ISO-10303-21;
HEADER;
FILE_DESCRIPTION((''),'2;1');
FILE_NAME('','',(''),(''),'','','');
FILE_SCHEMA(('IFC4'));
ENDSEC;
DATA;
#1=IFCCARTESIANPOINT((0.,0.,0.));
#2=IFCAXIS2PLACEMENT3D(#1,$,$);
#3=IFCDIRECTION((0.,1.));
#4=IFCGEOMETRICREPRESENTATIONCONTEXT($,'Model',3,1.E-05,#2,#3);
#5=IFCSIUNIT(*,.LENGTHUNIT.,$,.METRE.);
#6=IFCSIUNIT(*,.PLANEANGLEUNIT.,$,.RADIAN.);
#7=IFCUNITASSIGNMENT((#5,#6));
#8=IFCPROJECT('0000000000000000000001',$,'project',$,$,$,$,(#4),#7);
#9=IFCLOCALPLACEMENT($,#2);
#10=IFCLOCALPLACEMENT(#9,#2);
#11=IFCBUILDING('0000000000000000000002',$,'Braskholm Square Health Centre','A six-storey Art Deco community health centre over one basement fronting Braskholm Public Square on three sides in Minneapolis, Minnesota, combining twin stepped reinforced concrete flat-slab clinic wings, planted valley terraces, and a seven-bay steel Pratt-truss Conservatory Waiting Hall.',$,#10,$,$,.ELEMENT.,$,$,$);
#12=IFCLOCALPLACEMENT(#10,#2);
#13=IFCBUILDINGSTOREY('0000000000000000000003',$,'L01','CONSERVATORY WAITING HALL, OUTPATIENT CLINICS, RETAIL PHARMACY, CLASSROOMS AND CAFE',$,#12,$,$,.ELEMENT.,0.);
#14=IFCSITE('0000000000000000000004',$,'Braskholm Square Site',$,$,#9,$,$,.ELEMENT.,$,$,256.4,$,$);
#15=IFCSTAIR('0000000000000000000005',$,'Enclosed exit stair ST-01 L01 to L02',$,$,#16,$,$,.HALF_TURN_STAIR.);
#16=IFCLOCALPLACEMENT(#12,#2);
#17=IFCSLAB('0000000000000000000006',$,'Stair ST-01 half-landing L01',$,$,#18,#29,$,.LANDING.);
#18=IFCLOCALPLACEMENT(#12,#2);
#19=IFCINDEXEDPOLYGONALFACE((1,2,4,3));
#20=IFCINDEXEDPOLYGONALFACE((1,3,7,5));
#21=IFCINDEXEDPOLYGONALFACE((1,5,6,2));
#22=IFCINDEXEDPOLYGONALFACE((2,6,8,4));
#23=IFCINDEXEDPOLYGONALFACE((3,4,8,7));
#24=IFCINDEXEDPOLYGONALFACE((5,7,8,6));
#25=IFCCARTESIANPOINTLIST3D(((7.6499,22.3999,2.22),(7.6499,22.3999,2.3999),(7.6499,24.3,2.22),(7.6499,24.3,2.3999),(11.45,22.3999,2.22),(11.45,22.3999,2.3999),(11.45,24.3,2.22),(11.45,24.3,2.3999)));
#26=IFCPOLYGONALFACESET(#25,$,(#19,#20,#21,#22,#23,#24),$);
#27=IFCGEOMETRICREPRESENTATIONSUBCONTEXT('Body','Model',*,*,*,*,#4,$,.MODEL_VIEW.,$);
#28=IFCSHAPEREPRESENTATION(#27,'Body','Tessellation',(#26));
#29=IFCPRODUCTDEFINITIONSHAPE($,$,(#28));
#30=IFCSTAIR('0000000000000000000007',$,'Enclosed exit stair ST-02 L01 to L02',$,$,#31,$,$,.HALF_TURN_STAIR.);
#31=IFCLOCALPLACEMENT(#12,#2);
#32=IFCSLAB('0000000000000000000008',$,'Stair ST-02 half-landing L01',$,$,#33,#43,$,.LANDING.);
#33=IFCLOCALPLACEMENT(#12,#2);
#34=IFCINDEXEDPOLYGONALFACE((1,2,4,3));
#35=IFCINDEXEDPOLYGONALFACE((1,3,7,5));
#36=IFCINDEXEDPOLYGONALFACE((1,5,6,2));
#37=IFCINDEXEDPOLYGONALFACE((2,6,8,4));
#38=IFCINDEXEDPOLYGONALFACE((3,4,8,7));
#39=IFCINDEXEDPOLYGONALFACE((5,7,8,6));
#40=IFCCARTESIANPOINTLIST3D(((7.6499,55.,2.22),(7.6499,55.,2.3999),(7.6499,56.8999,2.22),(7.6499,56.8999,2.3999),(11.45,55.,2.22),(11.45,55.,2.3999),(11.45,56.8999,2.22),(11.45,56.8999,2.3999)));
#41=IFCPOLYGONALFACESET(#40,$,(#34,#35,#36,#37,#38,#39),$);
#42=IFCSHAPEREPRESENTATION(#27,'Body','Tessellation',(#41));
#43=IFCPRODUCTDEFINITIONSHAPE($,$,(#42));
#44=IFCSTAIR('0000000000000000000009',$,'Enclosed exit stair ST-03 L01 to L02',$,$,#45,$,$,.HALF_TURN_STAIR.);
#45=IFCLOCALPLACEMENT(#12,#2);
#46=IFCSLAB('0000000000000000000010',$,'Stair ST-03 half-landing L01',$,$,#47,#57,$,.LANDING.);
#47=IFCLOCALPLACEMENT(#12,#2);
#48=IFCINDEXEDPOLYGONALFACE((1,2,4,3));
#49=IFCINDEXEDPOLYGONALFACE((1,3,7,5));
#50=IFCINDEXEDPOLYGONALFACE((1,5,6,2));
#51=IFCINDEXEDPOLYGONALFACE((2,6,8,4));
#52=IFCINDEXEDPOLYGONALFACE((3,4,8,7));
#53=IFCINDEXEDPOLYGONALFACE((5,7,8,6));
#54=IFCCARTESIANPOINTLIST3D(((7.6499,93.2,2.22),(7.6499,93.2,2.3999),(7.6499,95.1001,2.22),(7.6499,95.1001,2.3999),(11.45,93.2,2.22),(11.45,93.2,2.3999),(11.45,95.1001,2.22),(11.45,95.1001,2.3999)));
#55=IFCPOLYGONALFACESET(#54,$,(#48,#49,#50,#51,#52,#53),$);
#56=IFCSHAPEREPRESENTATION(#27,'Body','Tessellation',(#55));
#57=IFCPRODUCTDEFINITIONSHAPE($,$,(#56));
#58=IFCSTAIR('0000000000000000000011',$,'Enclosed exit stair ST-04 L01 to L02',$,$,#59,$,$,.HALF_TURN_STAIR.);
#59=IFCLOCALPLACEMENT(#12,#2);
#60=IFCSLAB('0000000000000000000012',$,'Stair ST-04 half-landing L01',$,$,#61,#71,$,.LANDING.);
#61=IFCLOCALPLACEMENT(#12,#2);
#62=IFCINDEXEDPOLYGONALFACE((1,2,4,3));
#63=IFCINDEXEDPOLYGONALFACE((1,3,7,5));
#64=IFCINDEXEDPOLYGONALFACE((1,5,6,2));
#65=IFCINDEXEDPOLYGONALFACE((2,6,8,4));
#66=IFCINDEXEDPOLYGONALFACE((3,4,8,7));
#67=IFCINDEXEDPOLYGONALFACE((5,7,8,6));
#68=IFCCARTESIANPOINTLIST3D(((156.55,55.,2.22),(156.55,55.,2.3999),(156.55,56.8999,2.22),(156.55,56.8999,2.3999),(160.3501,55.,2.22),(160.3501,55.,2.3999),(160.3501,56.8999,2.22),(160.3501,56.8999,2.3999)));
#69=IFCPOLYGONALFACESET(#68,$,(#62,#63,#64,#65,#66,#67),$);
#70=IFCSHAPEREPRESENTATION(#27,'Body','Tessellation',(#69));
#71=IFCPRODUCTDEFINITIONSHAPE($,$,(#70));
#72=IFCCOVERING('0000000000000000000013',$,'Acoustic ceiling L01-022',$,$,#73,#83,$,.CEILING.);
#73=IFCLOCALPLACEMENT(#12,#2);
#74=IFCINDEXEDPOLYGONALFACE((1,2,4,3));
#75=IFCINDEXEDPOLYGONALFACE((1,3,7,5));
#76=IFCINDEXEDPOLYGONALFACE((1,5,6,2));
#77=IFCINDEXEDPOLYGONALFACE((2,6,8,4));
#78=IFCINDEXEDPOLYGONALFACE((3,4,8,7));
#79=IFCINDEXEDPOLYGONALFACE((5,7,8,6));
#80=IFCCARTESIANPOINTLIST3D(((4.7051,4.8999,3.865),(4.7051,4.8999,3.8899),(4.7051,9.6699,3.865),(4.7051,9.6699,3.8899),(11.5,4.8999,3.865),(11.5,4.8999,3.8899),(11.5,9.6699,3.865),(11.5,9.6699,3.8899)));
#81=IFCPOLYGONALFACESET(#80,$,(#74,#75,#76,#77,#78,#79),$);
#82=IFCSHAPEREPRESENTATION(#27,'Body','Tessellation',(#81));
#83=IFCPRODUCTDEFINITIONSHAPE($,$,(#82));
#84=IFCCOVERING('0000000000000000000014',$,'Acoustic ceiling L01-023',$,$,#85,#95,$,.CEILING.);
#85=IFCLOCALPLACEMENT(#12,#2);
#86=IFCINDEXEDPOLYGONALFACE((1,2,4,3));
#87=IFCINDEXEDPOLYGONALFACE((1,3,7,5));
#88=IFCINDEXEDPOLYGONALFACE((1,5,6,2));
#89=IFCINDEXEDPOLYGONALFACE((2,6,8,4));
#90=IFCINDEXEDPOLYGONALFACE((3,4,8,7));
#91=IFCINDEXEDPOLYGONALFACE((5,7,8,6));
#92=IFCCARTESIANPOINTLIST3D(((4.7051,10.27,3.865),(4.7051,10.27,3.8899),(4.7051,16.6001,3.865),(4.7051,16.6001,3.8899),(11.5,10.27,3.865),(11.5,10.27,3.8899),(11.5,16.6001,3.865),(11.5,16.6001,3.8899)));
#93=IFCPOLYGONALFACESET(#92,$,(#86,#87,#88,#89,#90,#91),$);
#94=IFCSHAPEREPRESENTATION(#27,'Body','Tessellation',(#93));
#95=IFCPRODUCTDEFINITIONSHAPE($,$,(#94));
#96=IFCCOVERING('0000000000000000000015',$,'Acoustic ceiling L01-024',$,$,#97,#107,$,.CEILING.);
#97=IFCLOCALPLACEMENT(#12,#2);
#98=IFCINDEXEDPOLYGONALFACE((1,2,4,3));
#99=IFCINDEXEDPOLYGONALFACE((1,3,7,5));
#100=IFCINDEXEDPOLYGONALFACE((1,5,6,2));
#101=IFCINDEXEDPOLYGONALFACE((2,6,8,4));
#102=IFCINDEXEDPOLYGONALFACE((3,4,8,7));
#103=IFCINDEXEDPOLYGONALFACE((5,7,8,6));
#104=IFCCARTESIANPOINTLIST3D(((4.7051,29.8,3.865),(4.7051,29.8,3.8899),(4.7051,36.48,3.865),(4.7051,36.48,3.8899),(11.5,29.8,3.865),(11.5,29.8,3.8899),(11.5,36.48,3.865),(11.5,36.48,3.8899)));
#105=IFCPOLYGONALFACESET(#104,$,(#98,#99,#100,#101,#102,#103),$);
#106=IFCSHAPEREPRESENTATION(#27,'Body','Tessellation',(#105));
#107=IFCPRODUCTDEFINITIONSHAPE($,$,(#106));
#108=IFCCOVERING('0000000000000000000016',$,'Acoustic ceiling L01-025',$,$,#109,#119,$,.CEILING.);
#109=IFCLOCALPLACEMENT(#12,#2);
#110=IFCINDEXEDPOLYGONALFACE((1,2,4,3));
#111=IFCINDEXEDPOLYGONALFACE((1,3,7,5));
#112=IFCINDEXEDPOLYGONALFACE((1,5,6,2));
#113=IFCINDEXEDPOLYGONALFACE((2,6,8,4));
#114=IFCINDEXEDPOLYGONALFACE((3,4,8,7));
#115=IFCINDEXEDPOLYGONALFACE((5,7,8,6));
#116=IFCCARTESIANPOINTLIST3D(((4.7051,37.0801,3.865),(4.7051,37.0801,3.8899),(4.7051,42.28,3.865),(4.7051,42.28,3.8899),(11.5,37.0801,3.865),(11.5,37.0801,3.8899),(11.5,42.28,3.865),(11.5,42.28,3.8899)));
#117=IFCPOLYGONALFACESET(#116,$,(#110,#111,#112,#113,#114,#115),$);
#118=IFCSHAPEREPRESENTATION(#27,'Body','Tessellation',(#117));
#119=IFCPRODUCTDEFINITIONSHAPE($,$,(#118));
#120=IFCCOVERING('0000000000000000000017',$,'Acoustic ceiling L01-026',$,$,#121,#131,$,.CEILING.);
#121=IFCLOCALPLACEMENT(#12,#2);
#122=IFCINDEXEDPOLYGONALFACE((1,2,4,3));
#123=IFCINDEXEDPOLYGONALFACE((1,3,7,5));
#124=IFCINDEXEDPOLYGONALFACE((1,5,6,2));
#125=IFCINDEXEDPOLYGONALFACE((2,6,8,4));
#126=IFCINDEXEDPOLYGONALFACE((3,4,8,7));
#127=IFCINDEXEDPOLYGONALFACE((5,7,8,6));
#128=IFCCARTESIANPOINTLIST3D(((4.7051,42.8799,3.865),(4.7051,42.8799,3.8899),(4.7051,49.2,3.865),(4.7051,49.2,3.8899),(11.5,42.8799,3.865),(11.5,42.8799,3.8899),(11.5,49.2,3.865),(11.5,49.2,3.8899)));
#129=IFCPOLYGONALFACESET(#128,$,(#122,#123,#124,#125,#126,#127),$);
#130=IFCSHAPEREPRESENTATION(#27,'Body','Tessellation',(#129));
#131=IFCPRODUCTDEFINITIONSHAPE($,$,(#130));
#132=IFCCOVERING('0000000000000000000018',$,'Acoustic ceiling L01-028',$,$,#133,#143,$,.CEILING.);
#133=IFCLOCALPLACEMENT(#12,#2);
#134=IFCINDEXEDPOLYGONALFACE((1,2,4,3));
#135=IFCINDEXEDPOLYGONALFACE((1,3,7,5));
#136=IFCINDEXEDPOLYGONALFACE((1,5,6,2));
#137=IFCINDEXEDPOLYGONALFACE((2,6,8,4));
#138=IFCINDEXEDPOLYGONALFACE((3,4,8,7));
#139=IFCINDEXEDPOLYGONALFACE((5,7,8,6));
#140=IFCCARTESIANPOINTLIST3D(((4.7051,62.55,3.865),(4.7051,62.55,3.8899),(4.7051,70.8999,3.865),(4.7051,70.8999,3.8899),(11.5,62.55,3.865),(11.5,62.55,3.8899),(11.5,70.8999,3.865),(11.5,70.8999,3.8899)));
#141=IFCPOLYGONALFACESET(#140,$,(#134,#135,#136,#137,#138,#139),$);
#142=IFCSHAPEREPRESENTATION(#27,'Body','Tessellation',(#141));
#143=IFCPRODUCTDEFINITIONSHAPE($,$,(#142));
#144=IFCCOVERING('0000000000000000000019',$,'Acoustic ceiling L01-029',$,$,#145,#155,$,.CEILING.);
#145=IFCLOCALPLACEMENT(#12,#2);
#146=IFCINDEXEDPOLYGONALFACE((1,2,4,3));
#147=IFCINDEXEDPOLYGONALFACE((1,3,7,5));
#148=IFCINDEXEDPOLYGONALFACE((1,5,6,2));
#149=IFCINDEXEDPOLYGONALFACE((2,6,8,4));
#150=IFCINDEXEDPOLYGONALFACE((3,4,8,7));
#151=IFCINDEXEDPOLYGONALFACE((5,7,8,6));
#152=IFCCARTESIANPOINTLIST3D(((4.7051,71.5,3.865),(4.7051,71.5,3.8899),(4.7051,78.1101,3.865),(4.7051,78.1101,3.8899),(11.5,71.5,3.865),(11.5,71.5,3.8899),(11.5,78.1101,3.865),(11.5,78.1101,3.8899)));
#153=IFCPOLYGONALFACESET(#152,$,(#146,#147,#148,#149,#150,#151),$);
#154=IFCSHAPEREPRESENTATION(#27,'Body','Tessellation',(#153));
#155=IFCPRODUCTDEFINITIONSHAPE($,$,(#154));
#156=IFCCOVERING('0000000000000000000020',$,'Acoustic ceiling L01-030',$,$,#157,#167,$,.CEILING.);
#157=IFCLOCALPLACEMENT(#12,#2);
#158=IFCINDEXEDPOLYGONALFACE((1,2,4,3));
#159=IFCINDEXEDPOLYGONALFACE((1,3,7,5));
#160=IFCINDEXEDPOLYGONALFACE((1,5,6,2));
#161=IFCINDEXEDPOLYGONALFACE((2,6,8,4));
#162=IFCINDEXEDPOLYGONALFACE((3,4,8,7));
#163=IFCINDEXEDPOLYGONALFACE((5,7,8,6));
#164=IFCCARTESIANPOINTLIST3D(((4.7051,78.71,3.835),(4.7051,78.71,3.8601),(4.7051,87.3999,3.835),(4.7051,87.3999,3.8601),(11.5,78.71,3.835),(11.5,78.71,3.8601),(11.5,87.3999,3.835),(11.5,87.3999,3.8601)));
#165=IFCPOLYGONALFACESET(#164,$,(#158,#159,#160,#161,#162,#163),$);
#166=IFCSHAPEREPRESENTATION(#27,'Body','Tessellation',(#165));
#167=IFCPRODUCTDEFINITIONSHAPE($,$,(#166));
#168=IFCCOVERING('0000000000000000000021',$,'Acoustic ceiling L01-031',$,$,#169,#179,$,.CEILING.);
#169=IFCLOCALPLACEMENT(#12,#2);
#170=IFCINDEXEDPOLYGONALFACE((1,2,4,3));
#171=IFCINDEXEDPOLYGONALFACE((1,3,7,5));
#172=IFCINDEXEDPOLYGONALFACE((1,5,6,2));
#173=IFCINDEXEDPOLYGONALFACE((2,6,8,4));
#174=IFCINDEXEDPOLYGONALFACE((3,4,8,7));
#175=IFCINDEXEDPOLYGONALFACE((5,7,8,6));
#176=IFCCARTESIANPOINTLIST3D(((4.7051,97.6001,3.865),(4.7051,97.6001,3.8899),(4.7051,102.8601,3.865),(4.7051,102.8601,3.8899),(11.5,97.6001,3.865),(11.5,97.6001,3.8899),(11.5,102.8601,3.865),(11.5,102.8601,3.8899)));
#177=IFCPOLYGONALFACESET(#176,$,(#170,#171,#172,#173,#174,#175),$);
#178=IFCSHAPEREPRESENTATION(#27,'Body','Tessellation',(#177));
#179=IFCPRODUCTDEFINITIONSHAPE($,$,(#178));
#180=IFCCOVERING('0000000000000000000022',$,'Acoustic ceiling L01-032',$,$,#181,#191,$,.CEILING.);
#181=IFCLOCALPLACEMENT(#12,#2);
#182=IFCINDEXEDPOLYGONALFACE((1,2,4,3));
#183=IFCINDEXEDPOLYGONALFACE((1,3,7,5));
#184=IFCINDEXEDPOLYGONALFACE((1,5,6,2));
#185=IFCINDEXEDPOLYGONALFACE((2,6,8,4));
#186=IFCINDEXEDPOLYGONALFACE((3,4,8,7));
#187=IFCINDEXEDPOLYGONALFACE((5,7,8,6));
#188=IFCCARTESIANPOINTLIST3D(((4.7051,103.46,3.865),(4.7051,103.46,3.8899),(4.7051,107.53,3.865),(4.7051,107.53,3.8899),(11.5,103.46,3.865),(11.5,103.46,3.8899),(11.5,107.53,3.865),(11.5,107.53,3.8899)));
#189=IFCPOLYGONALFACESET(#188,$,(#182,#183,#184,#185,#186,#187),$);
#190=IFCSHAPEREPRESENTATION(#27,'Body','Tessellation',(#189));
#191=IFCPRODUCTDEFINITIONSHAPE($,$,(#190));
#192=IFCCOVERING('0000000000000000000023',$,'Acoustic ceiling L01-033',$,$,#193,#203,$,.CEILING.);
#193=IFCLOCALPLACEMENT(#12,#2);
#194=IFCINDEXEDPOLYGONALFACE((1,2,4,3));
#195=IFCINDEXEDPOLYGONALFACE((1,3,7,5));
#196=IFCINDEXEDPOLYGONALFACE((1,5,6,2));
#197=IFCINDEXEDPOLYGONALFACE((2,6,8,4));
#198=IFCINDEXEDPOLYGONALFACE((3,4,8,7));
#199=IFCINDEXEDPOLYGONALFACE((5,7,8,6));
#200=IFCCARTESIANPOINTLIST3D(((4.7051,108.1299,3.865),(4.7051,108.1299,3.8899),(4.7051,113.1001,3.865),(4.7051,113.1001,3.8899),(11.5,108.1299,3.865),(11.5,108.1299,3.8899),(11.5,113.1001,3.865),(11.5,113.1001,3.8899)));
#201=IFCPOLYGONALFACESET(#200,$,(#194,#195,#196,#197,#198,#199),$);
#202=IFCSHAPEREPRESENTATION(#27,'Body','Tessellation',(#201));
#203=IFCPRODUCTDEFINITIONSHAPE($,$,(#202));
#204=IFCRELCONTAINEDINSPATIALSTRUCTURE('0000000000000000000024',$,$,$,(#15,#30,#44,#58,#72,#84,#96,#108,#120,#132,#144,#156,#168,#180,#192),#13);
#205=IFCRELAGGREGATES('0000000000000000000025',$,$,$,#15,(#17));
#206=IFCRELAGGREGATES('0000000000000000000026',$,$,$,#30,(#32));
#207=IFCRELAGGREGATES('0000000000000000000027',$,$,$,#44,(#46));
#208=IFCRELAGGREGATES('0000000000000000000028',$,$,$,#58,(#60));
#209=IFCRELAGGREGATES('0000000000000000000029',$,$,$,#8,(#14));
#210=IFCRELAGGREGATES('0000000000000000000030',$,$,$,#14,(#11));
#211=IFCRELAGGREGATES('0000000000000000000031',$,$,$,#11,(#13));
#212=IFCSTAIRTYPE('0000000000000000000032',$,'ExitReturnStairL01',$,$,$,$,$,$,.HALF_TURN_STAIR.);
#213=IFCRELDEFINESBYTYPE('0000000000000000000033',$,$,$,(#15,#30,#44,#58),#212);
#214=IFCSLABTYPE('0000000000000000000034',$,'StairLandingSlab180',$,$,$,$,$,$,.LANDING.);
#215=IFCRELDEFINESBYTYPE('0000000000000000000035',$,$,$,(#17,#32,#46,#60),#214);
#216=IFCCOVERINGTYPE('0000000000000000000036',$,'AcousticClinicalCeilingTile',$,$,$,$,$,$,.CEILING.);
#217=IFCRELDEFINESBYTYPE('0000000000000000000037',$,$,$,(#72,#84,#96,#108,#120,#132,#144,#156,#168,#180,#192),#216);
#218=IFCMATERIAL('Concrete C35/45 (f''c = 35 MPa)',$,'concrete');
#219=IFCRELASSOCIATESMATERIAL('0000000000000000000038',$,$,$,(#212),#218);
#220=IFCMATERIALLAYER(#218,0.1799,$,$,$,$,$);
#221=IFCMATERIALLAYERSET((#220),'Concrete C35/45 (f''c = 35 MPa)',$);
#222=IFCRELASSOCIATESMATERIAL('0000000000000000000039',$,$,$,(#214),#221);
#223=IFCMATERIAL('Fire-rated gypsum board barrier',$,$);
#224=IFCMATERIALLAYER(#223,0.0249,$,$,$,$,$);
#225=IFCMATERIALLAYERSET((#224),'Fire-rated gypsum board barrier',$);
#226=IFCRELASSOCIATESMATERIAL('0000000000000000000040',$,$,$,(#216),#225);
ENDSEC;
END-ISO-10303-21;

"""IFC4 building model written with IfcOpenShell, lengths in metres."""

from ifc_helpers import new_model, si_unit, direction, frame, origin, place, context, subcontext, project, spatial, polyline, outline, extrude, material, layer, layer_set, type_object, element, aggregate, save


model = new_model("IFC4")

# Units and contexts
model_context = context("Model", 3, precision=1e-05, world=origin(), true_north=direction((0.0, 1.0)))
body_context = subcontext(model_context, "Body", "Model", "MODEL_VIEW")
ifc_project = project(units=[si_unit("LENGTHUNIT", "METRE"), si_unit("PLANEANGLEUNIT", "RADIAN")], contexts=[model_context])

# Site, building, storey
site_placement = place(None, origin())
site = spatial("IfcSite", under=ifc_project, at=site_placement, Name="Braskholm Square Site", CompositionType="ELEMENT", RefElevation=256.4)
building_placement = place(site_placement, origin())
building = spatial("IfcBuilding", under=site, at=building_placement, Name="Braskholm Square Health Centre", Description="A six-storey Art Deco community health centre over one basement fronting Braskholm Public Square on three sides in Minneapolis, Minnesota, combining twin stepped reinforced concrete flat-slab clinic wings, planted valley terraces, and a seven-bay steel Pratt-truss Conservatory Waiting Hall.", CompositionType="ELEMENT")
storey_placement = place(building_placement, origin())
storey = spatial("IfcBuildingStorey", under=building, at=storey_placement, Name="L01", Description="CONSERVATORY WAITING HALL, OUTPATIENT CLINICS, RETAIL PHARMACY, CLASSROOMS AND CAFE", CompositionType="ELEMENT", Elevation=0.0)

# Stairs, slabs
ifc_material_1 = material(Name="Concrete C35/45 (f'c = 35 MPa)", Category="concrete")
stair_type = type_object("IfcStairType", Name="ExitReturnStairL01", PredefinedType="HALF_TURN_STAIR", material=ifc_material_1)
stair_1_placement = place(storey_placement, origin())
stair_1 = element("IfcStair", 1, at=stair_1_placement, inside=storey, type_object=stair_type, Name="Enclosed exit stair ST-01 L01 to L02", PredefinedType="HALF_TURN_STAIR")
ifc_layer_1 = layer(ifc_material_1, 0.1799)
ifc_layer_set_1 = layer_set([ifc_layer_1], Name="Concrete C35/45 (f'c = 35 MPa)")
slab_type = type_object("IfcSlabType", Name="StairLandingSlab180", PredefinedType="LANDING", material=ifc_layer_set_1)
slab_1_placement = place(storey_placement, frame((0.0, 0.0, 2.22)))
slab_1 = element("IfcSlab", 2, at=slab_1_placement, type_object=slab_type, Name="Stair ST-01 half-landing L01", PredefinedType="LANDING", context=body_context, shape_type="SweptSolid", body=[
    extrude(outline(polyline([(7.6499, 22.3999), (11.45, 22.3999), (11.45, 24.3), (7.6499, 24.3), (7.6499, 22.3999)])), origin(), (0.0, 0.0, 1.0), 0.1799),
])
aggregate(stair_1, [slab_1])
stair_2_placement = place(storey_placement, origin())
stair_2 = element("IfcStair", 3, at=stair_2_placement, inside=storey, type_object=stair_type, Name="Enclosed exit stair ST-02 L01 to L02", PredefinedType="HALF_TURN_STAIR")
slab_2_placement = place(storey_placement, frame((0.0, 0.0, 2.22)))
slab_2 = element("IfcSlab", 4, at=slab_2_placement, type_object=slab_type, Name="Stair ST-02 half-landing L01", PredefinedType="LANDING", context=body_context, shape_type="SweptSolid", body=[
    extrude(outline(polyline([(7.6499, 55.0), (11.45, 55.0), (11.45, 56.8999), (7.6499, 56.8999), (7.6499, 55.0)])), origin(), (0.0, 0.0, 1.0), 0.1799),
])
aggregate(stair_2, [slab_2])
stair_3_placement = place(storey_placement, origin())
stair_3 = element("IfcStair", 5, at=stair_3_placement, inside=storey, type_object=stair_type, Name="Enclosed exit stair ST-03 L01 to L02", PredefinedType="HALF_TURN_STAIR")
slab_3_placement = place(storey_placement, frame((0.0, 0.0, 2.22)))
slab_3 = element("IfcSlab", 6, at=slab_3_placement, type_object=slab_type, Name="Stair ST-03 half-landing L01", PredefinedType="LANDING", context=body_context, shape_type="SweptSolid", body=[
    extrude(outline(polyline([(7.6499, 93.2), (11.45, 93.2), (11.45, 95.1001), (7.6499, 95.1001), (7.6499, 93.2)])), origin(), (0.0, 0.0, 1.0), 0.1799),
])
aggregate(stair_3, [slab_3])
stair_4_placement = place(storey_placement, origin())
stair_4 = element("IfcStair", 7, at=stair_4_placement, inside=storey, type_object=stair_type, Name="Enclosed exit stair ST-04 L01 to L02", PredefinedType="HALF_TURN_STAIR")
slab_4_placement = place(storey_placement, frame((0.0, 0.0, 2.22)))
slab_4 = element("IfcSlab", 8, at=slab_4_placement, type_object=slab_type, Name="Stair ST-04 half-landing L01", PredefinedType="LANDING", context=body_context, shape_type="SweptSolid", body=[
    extrude(outline(polyline([(156.55, 55.0), (160.3501, 55.0), (160.3501, 56.8999), (156.55, 56.8999), (156.55, 55.0)])), origin(), (0.0, 0.0, 1.0), 0.1799),
])
aggregate(stair_4, [slab_4])

# Coverings
ifc_material_2 = material(Name="Fire-rated gypsum board barrier")
ifc_layer_2 = layer(ifc_material_2, 0.0249)
ifc_layer_set_2 = layer_set([ifc_layer_2], Name="Fire-rated gypsum board barrier")
covering_type_1 = type_object("IfcCoveringType", Name="AcousticClinicalCeilingTile", PredefinedType="CEILING", material=ifc_layer_set_2)
covering_1_placement = place(storey_placement, frame((0.0, 0.0, 3.865)))
element("IfcCovering", 9, at=covering_1_placement, inside=storey, type_object=covering_type_1, Name="Acoustic ceiling L01-022", PredefinedType="CEILING", context=body_context, shape_type="SweptSolid", body=[
    extrude(outline(polyline([(4.7051, 4.8999), (11.5, 4.8999), (11.5, 9.6699), (4.7051, 9.6699), (4.7051, 4.8999)])), origin(), (0.0, 0.0, 1.0), 0.0249),
])
covering_2_placement = place(storey_placement, frame((0.0, 0.0, 3.865)))
element("IfcCovering", 10, at=covering_2_placement, inside=storey, type_object=covering_type_1, Name="Acoustic ceiling L01-023", PredefinedType="CEILING", context=body_context, shape_type="SweptSolid", body=[
    extrude(outline(polyline([(4.7051, 10.27), (11.5, 10.27), (11.5, 16.6001), (4.7051, 16.6001), (4.7051, 10.27)])), origin(), (0.0, 0.0, 1.0), 0.0249),
])
covering_3_placement = place(storey_placement, frame((0.0, 0.0, 3.865)))
element("IfcCovering", 11, at=covering_3_placement, inside=storey, type_object=covering_type_1, Name="Acoustic ceiling L01-024", PredefinedType="CEILING", context=body_context, shape_type="SweptSolid", body=[
    extrude(outline(polyline([(4.7051, 29.8), (11.5, 29.8), (11.5, 36.48), (4.7051, 36.48), (4.7051, 29.8)])), origin(), (0.0, 0.0, 1.0), 0.0249),
])
covering_4_placement = place(storey_placement, frame((0.0, 0.0, 3.865)))
element("IfcCovering", 12, at=covering_4_placement, inside=storey, type_object=covering_type_1, Name="Acoustic ceiling L01-025", PredefinedType="CEILING", context=body_context, shape_type="SweptSolid", body=[
    extrude(outline(polyline([(4.7051, 37.0801), (11.5, 37.0801), (11.5, 42.28), (4.7051, 42.28), (4.7051, 37.0801)])), origin(), (0.0, 0.0, 1.0), 0.0249),
])
covering_5_placement = place(storey_placement, frame((0.0, 0.0, 3.865)))
element("IfcCovering", 13, at=covering_5_placement, inside=storey, type_object=covering_type_1, Name="Acoustic ceiling L01-026", PredefinedType="CEILING", context=body_context, shape_type="SweptSolid", body=[
    extrude(outline(polyline([(4.7051, 42.8799), (11.5, 42.8799), (11.5, 49.2), (4.7051, 49.2), (4.7051, 42.8799)])), origin(), (0.0, 0.0, 1.0), 0.0249),
])
covering_6_placement = place(storey_placement, frame((0.0, 0.0, 3.865)))
element("IfcCovering", 14, at=covering_6_placement, inside=storey, type_object=covering_type_1, Name="Acoustic ceiling L01-028", PredefinedType="CEILING", context=body_context, shape_type="SweptSolid", body=[
    extrude(outline(polyline([(4.7051, 62.55), (11.5, 62.55), (11.5, 70.8999), (4.7051, 70.8999), (4.7051, 62.55)])), origin(), (0.0, 0.0, 1.0), 0.0249),
])
covering_7_placement = place(storey_placement, frame((0.0, 0.0, 3.865)))
element("IfcCovering", 15, at=covering_7_placement, inside=storey, type_object=covering_type_1, Name="Acoustic ceiling L01-029", PredefinedType="CEILING", context=body_context, shape_type="SweptSolid", body=[
    extrude(outline(polyline([(4.7051, 71.5), (11.5, 71.5), (11.5, 78.1101), (4.7051, 78.1101), (4.7051, 71.5)])), origin(), (0.0, 0.0, 1.0), 0.0249),
])
covering_8_placement = place(storey_placement, frame((0.0, 0.0, 3.835)))
element("IfcCovering", 16, at=covering_8_placement, inside=storey, type_object=covering_type_1, Name="Acoustic ceiling L01-030", PredefinedType="CEILING", context=body_context, shape_type="SweptSolid", body=[
    extrude(outline(polyline([(4.7051, 78.71), (11.5, 78.71), (11.5, 87.3999), (4.7051, 87.3999), (4.7051, 78.71)])), origin(), (0.0, 0.0, 1.0), 0.0251),
])
covering_9_placement = place(storey_placement, frame((0.0, 0.0, 3.865)))
element("IfcCovering", 17, at=covering_9_placement, inside=storey, type_object=covering_type_1, Name="Acoustic ceiling L01-031", PredefinedType="CEILING", context=body_context, shape_type="SweptSolid", body=[
    extrude(outline(polyline([(4.7051, 97.6001), (11.5, 97.6001), (11.5, 102.8601), (4.7051, 102.8601), (4.7051, 97.6001)])), origin(), (0.0, 0.0, 1.0), 0.0249),
])
covering_10_placement = place(storey_placement, frame((0.0, 0.0, 3.865)))
element("IfcCovering", 18, at=covering_10_placement, inside=storey, type_object=covering_type_1, Name="Acoustic ceiling L01-032", PredefinedType="CEILING", context=body_context, shape_type="SweptSolid", body=[
    extrude(outline(polyline([(4.7051, 103.46), (11.5, 103.46), (11.5, 107.53), (4.7051, 107.53), (4.7051, 103.46)])), origin(), (0.0, 0.0, 1.0), 0.0249),
])
covering_11_placement = place(storey_placement, frame((0.0, 0.0, 3.865)))
element("IfcCovering", 19, at=covering_11_placement, inside=storey, type_object=covering_type_1, Name="Acoustic ceiling L01-033", PredefinedType="CEILING", context=body_context, shape_type="SweptSolid", body=[
    extrude(outline(polyline([(4.7051, 108.1299), (11.5, 108.1299), (11.5, 113.1001), (4.7051, 113.1001), (4.7051, 108.1299)])), origin(), (0.0, 0.0, 1.0), 0.0249),
])

save(model, "model.ifc")
